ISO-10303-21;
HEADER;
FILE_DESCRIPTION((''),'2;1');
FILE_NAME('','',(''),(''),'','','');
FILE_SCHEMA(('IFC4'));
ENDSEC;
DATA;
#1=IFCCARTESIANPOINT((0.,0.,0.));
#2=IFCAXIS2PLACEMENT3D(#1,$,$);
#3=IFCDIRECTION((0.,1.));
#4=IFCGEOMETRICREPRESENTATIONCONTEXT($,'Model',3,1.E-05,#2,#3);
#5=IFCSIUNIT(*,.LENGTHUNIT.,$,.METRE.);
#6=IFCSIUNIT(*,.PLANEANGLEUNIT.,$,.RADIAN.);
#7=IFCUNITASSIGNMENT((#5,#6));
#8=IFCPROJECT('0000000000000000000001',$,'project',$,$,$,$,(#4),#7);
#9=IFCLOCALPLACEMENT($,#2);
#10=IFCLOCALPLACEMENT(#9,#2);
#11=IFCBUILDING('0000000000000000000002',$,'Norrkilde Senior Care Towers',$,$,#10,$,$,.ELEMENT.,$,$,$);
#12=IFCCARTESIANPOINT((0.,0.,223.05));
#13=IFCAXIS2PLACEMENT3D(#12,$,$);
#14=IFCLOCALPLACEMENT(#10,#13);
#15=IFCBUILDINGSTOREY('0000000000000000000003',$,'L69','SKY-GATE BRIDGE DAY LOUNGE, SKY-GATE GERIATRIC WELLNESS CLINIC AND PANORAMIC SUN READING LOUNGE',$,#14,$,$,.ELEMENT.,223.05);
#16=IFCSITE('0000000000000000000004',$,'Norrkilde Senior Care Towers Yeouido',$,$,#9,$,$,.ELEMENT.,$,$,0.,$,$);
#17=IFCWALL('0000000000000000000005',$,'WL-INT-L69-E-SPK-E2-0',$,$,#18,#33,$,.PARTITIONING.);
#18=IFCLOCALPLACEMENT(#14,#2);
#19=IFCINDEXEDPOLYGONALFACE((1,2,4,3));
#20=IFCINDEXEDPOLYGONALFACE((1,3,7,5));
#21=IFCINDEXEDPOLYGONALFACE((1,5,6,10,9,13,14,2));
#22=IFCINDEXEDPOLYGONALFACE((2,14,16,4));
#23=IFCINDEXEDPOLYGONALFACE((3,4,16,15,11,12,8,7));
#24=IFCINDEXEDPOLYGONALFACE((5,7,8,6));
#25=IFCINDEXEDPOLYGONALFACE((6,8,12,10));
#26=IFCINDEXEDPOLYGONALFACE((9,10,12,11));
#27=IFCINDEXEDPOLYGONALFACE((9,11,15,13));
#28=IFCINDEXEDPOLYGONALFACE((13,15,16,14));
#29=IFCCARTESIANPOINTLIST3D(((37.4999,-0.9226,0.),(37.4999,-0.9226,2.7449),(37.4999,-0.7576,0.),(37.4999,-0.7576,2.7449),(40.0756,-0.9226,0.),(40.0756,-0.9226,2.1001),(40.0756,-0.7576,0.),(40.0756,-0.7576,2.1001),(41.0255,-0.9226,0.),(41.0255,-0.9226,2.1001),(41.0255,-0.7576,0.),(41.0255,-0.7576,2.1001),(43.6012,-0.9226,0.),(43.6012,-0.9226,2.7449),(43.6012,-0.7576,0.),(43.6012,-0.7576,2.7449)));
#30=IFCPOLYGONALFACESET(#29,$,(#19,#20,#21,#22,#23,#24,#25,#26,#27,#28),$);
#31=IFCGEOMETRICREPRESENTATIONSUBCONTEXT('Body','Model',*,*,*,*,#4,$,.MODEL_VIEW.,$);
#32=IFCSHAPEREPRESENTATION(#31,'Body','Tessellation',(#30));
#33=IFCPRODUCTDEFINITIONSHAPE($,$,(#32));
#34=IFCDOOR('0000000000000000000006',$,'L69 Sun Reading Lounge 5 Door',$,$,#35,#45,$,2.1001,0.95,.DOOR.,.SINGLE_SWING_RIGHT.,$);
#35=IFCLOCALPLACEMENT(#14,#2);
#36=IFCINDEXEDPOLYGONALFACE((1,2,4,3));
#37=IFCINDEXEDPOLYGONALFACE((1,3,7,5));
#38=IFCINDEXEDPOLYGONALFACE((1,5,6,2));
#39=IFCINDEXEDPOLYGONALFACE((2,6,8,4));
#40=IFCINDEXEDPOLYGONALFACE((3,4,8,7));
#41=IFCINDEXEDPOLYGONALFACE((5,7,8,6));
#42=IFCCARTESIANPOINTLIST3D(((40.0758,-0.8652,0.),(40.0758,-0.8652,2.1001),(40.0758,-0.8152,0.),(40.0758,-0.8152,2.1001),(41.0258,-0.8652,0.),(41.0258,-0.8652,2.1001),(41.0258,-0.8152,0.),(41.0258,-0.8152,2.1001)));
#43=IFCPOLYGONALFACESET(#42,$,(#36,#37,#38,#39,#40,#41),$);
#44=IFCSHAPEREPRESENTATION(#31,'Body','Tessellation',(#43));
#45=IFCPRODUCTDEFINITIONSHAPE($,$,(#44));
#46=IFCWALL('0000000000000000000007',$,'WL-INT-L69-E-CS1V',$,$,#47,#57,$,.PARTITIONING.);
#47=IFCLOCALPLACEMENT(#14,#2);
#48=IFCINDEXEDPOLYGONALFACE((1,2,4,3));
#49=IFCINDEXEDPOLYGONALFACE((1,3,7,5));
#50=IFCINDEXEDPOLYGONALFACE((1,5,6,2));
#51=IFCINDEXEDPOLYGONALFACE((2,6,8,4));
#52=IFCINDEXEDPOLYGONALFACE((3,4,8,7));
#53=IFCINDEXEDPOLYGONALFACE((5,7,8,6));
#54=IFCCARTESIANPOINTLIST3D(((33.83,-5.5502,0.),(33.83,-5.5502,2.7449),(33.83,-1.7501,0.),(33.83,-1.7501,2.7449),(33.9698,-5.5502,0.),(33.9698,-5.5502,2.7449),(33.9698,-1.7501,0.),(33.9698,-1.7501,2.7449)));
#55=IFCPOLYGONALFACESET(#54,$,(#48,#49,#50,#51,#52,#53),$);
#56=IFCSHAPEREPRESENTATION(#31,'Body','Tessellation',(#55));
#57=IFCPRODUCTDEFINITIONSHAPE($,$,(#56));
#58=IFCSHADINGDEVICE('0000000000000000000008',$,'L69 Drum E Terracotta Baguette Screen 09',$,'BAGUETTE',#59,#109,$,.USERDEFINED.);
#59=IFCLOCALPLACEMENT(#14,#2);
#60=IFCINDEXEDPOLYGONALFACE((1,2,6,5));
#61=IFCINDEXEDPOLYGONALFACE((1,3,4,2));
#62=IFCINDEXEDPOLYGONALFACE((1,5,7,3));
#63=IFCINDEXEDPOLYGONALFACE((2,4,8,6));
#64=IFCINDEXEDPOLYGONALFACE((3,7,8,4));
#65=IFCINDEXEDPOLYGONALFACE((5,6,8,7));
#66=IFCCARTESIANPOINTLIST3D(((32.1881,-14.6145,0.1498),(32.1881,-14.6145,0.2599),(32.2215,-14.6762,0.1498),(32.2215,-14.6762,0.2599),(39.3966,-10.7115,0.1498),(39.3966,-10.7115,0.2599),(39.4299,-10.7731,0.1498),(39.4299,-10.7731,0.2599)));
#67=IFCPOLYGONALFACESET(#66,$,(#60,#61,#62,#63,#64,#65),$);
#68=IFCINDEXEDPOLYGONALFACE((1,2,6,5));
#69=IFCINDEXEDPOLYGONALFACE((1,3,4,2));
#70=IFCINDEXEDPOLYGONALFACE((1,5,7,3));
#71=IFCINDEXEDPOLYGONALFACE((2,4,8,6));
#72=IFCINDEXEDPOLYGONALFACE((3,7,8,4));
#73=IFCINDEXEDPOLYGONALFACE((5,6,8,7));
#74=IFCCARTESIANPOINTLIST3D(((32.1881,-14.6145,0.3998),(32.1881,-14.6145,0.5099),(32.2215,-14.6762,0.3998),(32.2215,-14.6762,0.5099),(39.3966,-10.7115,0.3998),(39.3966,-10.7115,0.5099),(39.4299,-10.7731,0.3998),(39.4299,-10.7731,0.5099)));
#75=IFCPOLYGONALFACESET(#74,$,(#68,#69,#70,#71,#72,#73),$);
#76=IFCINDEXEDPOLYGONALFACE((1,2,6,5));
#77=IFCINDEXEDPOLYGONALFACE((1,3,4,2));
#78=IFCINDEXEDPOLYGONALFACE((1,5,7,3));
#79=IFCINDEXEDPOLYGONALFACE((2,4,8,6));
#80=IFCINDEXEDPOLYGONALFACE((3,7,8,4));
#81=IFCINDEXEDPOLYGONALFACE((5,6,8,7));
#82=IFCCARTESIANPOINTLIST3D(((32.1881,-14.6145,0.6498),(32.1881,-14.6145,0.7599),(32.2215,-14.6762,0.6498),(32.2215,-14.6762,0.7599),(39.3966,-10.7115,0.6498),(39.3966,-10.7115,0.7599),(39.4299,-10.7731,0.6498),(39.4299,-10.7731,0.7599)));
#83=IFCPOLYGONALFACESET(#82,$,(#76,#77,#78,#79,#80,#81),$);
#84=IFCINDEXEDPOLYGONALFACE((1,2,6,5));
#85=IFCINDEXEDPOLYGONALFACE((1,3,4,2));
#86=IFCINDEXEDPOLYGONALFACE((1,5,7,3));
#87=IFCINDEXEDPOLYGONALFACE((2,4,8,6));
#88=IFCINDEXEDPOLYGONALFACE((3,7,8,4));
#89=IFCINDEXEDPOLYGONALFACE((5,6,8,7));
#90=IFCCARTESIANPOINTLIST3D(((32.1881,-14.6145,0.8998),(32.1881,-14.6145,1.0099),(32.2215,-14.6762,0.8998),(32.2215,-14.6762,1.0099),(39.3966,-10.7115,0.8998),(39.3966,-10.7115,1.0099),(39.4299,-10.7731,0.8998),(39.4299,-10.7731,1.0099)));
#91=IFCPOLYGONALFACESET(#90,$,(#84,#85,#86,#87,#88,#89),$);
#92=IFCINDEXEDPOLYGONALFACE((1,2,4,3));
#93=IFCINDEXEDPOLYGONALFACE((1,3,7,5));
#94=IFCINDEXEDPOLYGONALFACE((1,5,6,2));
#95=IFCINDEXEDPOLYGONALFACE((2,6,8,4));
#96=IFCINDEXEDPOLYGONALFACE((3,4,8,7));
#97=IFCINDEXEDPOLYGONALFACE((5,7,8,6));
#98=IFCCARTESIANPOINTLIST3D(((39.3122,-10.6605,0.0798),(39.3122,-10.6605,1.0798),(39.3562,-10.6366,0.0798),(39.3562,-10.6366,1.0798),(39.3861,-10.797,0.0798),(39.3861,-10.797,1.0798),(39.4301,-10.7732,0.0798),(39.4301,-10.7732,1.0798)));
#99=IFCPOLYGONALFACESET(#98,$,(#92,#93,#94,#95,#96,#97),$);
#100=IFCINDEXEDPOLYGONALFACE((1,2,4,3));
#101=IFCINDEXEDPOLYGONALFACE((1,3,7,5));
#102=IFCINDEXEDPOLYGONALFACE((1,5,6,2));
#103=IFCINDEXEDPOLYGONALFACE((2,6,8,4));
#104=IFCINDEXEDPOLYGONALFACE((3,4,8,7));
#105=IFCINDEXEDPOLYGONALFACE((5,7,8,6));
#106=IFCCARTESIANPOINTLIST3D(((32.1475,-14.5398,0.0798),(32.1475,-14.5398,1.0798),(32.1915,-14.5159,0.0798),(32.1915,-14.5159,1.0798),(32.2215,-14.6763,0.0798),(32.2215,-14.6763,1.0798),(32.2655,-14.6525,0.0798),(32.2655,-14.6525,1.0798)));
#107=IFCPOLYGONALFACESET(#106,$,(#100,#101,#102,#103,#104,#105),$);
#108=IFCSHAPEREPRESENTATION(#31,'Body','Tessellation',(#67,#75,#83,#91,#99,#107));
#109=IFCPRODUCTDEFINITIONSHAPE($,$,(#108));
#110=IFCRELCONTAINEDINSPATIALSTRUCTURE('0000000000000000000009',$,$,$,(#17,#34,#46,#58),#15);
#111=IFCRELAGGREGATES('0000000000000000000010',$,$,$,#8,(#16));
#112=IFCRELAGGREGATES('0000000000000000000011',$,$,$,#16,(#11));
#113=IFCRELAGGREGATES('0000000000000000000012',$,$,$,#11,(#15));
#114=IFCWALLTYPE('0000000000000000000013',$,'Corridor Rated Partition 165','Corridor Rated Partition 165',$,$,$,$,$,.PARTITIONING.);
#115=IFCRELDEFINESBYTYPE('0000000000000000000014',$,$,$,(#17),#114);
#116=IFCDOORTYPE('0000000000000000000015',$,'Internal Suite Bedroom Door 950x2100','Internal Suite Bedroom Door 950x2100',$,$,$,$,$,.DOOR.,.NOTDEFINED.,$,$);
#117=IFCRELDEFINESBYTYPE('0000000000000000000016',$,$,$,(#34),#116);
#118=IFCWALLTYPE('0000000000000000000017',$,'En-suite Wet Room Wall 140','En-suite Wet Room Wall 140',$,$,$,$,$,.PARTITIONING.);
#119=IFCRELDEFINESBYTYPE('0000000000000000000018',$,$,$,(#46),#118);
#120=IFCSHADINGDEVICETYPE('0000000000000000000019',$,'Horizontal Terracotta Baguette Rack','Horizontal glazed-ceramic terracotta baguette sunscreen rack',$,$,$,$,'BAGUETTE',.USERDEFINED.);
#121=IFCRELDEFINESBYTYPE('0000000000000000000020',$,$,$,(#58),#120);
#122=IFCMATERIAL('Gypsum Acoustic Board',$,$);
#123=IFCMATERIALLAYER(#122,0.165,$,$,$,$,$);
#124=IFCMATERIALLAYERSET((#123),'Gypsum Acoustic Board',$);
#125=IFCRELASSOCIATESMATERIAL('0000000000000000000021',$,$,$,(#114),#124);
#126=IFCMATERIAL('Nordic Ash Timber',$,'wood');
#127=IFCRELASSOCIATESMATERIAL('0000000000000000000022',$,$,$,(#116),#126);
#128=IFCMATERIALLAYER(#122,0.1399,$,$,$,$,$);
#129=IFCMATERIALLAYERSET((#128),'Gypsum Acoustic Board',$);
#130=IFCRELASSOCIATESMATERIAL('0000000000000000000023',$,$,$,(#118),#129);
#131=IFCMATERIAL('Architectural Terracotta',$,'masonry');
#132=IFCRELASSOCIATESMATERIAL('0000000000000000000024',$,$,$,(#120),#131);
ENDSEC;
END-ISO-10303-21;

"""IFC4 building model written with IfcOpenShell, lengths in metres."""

from ifc_helpers import new_model, si_unit, direction, frame, frame_2d, origin, origin_2d, place, context, subcontext, project, spatial, rectangle, extrude, source, transform, mapped, material, layer, layer_set, type_object, type_shapes, element, fill, save


model = new_model("IFC4")

# Units and contexts
model_context = context("Model", 3, precision=1e-05, world=origin(), true_north=direction((0.0, 1.0)))
body_context = subcontext(model_context, "Body", "Model", "MODEL_VIEW")
ifc_project = project(units=[si_unit("LENGTHUNIT", "METRE"), si_unit("PLANEANGLEUNIT", "RADIAN")], contexts=[model_context])

# Site, building, storey
site_placement = place(None, origin())
site = spatial("IfcSite", under=ifc_project, at=site_placement, Name="Norrkilde Senior Care Towers Yeouido", CompositionType="ELEMENT", RefElevation=0.0)
building_placement = place(site_placement, origin())
building = spatial("IfcBuilding", under=site, at=building_placement, Name="Norrkilde Senior Care Towers", CompositionType="ELEMENT")
storey_placement = place(building_placement, frame((0.0, 0.0, 223.05)))
storey = spatial("IfcBuildingStorey", under=building, at=storey_placement, Name="L69", Description="SKY-GATE BRIDGE DAY LOUNGE, SKY-GATE GERIATRIC WELLNESS CLINIC AND PANORAMIC SUN READING LOUNGE", CompositionType="ELEMENT", Elevation=223.05)

# Shared definitions
ifc_material_1 = material(Name="Gypsum Acoustic Board")
ifc_layer_1 = layer(ifc_material_1, 0.165)
ifc_layer_set_1 = layer_set([ifc_layer_1], Name="Gypsum Acoustic Board")
wall_type_1 = type_object("IfcWallType", Name="Corridor Rated Partition 165", Description="Corridor Rated Partition 165", PredefinedType="PARTITIONING", material=ifc_layer_set_1)

# Wall, opening, door
ifc_material_2 = material(Name="Nordic Ash Timber", Category="wood")
shared_shape_1 = source(origin(), body_context, "Body", "SweptSolid", [
    extrude(rectangle(XDim=6.1013, YDim=0.165, at=frame_2d((3.0508, 0.0))), origin(), (0.0, 0.0, 1.0), 2.7449),
])
wall_1_placement = place(storey_placement, frame((43.6013, -0.8401, 0.0), z_axis=(0.0, 0.0, 1.0), x_axis=(-1.0, 0.0, 0.0)))
wall_1 = element("IfcWall", 1, at=wall_1_placement, inside=storey, type_object=wall_type_1, Name="WL-INT-L69-E-SPK-E2-0", PredefinedType="PARTITIONING", context=body_context, shape_type="MappedRepresentation", body=[
    mapped(shared_shape_1, transform((0.0, 0.0, 0.0), x_axis=(1.0, 0.0, 0.0), y_axis=(0.0, 1.0, 0.0), z_axis=(0.0, 0.0, 1.0), scale=1.0)),
])
opening_1_placement = place(wall_1_placement, frame((2.5757, 0.0, 0.0)))
opening_1 = element("IfcOpeningElement", 2, at=opening_1_placement, cuts=wall_1, PredefinedType="OPENING", context=body_context, shape_type="SweptSolid", body=[
    extrude(rectangle(XDim=0.95, YDim=2.1001, at=frame_2d((0.4751, 1.05))), frame((0.0, 0.0925, 0.0), z_axis=(0.0, -1.0, 0.0), x_axis=(1.0, 0.0, 0.0)), (0.0, 0.0, 1.0), 0.1851),
])
door_type_1 = type_object("IfcDoorType", Name="Internal Suite Bedroom Door 950x2100", Description="Internal Suite Bedroom Door 950x2100", OperationType="NOTDEFINED", PredefinedType="DOOR", material=ifc_material_2)
shared_shape_2 = source(origin(), body_context, "Body", "SweptSolid", [
    extrude(rectangle(XDim=0.95, YDim=2.1001, at=frame_2d((0.4751, 1.05))), frame((0.0, 0.0249, 0.0), z_axis=(0.0, -1.0, 0.0), x_axis=(1.0, 0.0, 0.0)), (0.0, 0.0, 1.0), 0.05),
])
type_shapes(door_type_1, [shared_shape_2])
door_1_placement = place(opening_1_placement, frame((0.95, 0.0, 0.0), z_axis=(0.0, 0.0, 1.0), x_axis=(-1.0, 0.0, 0.0)))
door_1 = element("IfcDoor", 3, at=door_1_placement, inside=storey, type_object=door_type_1, Name="L69 Sun Reading Lounge 5 Door", OperationType="SINGLE_SWING_RIGHT", OverallHeight=2.1001, OverallWidth=0.95, PredefinedType="DOOR", context=body_context, shape_type="MappedRepresentation", body=[
    mapped(shared_shape_2, transform((0.0, 0.0, 0.0), x_axis=(1.0, 0.0, 0.0), y_axis=(0.0, 1.0, 0.0), z_axis=(0.0, 0.0, 1.0), scale=1.0)),
])
fill(opening_1, door_1)

# Wall
ifc_layer_2 = layer(ifc_material_1, 0.1399)
ifc_layer_set_2 = layer_set([ifc_layer_2], Name="Gypsum Acoustic Board")
wall_type_2 = type_object("IfcWallType", Name="En-suite Wet Room Wall 140", Description="En-suite Wet Room Wall 140", PredefinedType="PARTITIONING", material=ifc_layer_set_2)
shared_shape_3 = source(origin(), body_context, "Body", "SweptSolid", [
    extrude(rectangle(XDim=3.8, YDim=0.1399, at=frame_2d((1.8999, 0.0))), origin(), (0.0, 0.0, 1.0), 2.7449),
])
type_shapes(wall_type_2, [shared_shape_3])
wall_2_placement = place(storey_placement, frame((33.8999, -5.55, 0.0), z_axis=(0.0, 0.0, 1.0), x_axis=(0.0, 1.0, 0.0)))
element("IfcWall", 4, at=wall_2_placement, inside=storey, type_object=wall_type_2, Name="WL-INT-L69-E-CS1V", PredefinedType="PARTITIONING", context=body_context, shape_type="MappedRepresentation", body=[
    mapped(shared_shape_3, transform((0.0, 0.0, 0.0), x_axis=(1.0, 0.0, 0.0), y_axis=(0.0, 1.0, 0.0), z_axis=(0.0, 0.0, 1.0), scale=1.0)),
])

# Shading device
ifc_material_3 = material(Name="Architectural Terracotta", Category="masonry")
shading_device_type = type_object("IfcShadingDeviceType", Name="Horizontal Terracotta Baguette Rack", Description="Horizontal glazed-ceramic terracotta baguette sunscreen rack", ElementType="BAGUETTE", PredefinedType="USERDEFINED", material=ifc_material_3)
shared_shape_4 = source(origin(), body_context, "Body", "SweptSolid", [
    extrude(rectangle(XDim=0.0701, YDim=0.1101, at=origin_2d()), frame((0.0, 0.0901, 0.125), z_axis=(1.0, 0.0, 0.0), x_axis=(0.0, 1.0, 0.0)), (0.0, 0.0, 1.0), 8.1973),
    extrude(rectangle(XDim=0.0701, YDim=0.1101, at=origin_2d()), frame((0.0, 0.0901, 0.375), z_axis=(1.0, 0.0, 0.0), x_axis=(0.0, 1.0, 0.0)), (0.0, 0.0, 1.0), 8.1973),
    extrude(rectangle(XDim=0.0701, YDim=0.1101, at=origin_2d()), frame((0.0, 0.0901, 0.625), z_axis=(1.0, 0.0, 0.0), x_axis=(0.0, 1.0, 0.0)), (0.0, 0.0, 1.0), 8.1973),
    extrude(rectangle(XDim=0.0701, YDim=0.1101, at=origin_2d()), frame((0.0, 0.0901, 0.875), z_axis=(1.0, 0.0, 0.0), x_axis=(0.0, 1.0, 0.0)), (0.0, 0.0, 1.0), 8.1973),
    extrude(rectangle(XDim=0.05, YDim=0.1553, at=origin_2d()), frame((0.0249, 0.0476, 0.0)), (0.0, 0.0, 1.0), 1.0),
    extrude(rectangle(XDim=0.05, YDim=0.1553, at=origin_2d()), frame((8.1724, 0.0476, 0.0)), (0.0, 0.0, 1.0), 1.0),
])
type_shapes(shading_device_type, [shared_shape_4])
shading_device_placement = place(storey_placement, frame((39.3704, -10.6631, 0.0798), z_axis=(0.0, 0.0, 1.0), x_axis=(-0.879378, -0.476144, 0.0)))
element("IfcShadingDevice", 5, at=shading_device_placement, inside=storey, type_object=shading_device_type, Name="L69 Drum E Terracotta Baguette Screen 09", ObjectType="BAGUETTE", PredefinedType="USERDEFINED", context=body_context, shape_type="MappedRepresentation", body=[
    mapped(shared_shape_4, transform((0.0, 0.0, 0.0), x_axis=(1.0, 0.0, 0.0), y_axis=(0.0, 1.0, 0.0), z_axis=(0.0, 0.0, 1.0), scale=1.0)),
])

save(model, "model.ifc")
